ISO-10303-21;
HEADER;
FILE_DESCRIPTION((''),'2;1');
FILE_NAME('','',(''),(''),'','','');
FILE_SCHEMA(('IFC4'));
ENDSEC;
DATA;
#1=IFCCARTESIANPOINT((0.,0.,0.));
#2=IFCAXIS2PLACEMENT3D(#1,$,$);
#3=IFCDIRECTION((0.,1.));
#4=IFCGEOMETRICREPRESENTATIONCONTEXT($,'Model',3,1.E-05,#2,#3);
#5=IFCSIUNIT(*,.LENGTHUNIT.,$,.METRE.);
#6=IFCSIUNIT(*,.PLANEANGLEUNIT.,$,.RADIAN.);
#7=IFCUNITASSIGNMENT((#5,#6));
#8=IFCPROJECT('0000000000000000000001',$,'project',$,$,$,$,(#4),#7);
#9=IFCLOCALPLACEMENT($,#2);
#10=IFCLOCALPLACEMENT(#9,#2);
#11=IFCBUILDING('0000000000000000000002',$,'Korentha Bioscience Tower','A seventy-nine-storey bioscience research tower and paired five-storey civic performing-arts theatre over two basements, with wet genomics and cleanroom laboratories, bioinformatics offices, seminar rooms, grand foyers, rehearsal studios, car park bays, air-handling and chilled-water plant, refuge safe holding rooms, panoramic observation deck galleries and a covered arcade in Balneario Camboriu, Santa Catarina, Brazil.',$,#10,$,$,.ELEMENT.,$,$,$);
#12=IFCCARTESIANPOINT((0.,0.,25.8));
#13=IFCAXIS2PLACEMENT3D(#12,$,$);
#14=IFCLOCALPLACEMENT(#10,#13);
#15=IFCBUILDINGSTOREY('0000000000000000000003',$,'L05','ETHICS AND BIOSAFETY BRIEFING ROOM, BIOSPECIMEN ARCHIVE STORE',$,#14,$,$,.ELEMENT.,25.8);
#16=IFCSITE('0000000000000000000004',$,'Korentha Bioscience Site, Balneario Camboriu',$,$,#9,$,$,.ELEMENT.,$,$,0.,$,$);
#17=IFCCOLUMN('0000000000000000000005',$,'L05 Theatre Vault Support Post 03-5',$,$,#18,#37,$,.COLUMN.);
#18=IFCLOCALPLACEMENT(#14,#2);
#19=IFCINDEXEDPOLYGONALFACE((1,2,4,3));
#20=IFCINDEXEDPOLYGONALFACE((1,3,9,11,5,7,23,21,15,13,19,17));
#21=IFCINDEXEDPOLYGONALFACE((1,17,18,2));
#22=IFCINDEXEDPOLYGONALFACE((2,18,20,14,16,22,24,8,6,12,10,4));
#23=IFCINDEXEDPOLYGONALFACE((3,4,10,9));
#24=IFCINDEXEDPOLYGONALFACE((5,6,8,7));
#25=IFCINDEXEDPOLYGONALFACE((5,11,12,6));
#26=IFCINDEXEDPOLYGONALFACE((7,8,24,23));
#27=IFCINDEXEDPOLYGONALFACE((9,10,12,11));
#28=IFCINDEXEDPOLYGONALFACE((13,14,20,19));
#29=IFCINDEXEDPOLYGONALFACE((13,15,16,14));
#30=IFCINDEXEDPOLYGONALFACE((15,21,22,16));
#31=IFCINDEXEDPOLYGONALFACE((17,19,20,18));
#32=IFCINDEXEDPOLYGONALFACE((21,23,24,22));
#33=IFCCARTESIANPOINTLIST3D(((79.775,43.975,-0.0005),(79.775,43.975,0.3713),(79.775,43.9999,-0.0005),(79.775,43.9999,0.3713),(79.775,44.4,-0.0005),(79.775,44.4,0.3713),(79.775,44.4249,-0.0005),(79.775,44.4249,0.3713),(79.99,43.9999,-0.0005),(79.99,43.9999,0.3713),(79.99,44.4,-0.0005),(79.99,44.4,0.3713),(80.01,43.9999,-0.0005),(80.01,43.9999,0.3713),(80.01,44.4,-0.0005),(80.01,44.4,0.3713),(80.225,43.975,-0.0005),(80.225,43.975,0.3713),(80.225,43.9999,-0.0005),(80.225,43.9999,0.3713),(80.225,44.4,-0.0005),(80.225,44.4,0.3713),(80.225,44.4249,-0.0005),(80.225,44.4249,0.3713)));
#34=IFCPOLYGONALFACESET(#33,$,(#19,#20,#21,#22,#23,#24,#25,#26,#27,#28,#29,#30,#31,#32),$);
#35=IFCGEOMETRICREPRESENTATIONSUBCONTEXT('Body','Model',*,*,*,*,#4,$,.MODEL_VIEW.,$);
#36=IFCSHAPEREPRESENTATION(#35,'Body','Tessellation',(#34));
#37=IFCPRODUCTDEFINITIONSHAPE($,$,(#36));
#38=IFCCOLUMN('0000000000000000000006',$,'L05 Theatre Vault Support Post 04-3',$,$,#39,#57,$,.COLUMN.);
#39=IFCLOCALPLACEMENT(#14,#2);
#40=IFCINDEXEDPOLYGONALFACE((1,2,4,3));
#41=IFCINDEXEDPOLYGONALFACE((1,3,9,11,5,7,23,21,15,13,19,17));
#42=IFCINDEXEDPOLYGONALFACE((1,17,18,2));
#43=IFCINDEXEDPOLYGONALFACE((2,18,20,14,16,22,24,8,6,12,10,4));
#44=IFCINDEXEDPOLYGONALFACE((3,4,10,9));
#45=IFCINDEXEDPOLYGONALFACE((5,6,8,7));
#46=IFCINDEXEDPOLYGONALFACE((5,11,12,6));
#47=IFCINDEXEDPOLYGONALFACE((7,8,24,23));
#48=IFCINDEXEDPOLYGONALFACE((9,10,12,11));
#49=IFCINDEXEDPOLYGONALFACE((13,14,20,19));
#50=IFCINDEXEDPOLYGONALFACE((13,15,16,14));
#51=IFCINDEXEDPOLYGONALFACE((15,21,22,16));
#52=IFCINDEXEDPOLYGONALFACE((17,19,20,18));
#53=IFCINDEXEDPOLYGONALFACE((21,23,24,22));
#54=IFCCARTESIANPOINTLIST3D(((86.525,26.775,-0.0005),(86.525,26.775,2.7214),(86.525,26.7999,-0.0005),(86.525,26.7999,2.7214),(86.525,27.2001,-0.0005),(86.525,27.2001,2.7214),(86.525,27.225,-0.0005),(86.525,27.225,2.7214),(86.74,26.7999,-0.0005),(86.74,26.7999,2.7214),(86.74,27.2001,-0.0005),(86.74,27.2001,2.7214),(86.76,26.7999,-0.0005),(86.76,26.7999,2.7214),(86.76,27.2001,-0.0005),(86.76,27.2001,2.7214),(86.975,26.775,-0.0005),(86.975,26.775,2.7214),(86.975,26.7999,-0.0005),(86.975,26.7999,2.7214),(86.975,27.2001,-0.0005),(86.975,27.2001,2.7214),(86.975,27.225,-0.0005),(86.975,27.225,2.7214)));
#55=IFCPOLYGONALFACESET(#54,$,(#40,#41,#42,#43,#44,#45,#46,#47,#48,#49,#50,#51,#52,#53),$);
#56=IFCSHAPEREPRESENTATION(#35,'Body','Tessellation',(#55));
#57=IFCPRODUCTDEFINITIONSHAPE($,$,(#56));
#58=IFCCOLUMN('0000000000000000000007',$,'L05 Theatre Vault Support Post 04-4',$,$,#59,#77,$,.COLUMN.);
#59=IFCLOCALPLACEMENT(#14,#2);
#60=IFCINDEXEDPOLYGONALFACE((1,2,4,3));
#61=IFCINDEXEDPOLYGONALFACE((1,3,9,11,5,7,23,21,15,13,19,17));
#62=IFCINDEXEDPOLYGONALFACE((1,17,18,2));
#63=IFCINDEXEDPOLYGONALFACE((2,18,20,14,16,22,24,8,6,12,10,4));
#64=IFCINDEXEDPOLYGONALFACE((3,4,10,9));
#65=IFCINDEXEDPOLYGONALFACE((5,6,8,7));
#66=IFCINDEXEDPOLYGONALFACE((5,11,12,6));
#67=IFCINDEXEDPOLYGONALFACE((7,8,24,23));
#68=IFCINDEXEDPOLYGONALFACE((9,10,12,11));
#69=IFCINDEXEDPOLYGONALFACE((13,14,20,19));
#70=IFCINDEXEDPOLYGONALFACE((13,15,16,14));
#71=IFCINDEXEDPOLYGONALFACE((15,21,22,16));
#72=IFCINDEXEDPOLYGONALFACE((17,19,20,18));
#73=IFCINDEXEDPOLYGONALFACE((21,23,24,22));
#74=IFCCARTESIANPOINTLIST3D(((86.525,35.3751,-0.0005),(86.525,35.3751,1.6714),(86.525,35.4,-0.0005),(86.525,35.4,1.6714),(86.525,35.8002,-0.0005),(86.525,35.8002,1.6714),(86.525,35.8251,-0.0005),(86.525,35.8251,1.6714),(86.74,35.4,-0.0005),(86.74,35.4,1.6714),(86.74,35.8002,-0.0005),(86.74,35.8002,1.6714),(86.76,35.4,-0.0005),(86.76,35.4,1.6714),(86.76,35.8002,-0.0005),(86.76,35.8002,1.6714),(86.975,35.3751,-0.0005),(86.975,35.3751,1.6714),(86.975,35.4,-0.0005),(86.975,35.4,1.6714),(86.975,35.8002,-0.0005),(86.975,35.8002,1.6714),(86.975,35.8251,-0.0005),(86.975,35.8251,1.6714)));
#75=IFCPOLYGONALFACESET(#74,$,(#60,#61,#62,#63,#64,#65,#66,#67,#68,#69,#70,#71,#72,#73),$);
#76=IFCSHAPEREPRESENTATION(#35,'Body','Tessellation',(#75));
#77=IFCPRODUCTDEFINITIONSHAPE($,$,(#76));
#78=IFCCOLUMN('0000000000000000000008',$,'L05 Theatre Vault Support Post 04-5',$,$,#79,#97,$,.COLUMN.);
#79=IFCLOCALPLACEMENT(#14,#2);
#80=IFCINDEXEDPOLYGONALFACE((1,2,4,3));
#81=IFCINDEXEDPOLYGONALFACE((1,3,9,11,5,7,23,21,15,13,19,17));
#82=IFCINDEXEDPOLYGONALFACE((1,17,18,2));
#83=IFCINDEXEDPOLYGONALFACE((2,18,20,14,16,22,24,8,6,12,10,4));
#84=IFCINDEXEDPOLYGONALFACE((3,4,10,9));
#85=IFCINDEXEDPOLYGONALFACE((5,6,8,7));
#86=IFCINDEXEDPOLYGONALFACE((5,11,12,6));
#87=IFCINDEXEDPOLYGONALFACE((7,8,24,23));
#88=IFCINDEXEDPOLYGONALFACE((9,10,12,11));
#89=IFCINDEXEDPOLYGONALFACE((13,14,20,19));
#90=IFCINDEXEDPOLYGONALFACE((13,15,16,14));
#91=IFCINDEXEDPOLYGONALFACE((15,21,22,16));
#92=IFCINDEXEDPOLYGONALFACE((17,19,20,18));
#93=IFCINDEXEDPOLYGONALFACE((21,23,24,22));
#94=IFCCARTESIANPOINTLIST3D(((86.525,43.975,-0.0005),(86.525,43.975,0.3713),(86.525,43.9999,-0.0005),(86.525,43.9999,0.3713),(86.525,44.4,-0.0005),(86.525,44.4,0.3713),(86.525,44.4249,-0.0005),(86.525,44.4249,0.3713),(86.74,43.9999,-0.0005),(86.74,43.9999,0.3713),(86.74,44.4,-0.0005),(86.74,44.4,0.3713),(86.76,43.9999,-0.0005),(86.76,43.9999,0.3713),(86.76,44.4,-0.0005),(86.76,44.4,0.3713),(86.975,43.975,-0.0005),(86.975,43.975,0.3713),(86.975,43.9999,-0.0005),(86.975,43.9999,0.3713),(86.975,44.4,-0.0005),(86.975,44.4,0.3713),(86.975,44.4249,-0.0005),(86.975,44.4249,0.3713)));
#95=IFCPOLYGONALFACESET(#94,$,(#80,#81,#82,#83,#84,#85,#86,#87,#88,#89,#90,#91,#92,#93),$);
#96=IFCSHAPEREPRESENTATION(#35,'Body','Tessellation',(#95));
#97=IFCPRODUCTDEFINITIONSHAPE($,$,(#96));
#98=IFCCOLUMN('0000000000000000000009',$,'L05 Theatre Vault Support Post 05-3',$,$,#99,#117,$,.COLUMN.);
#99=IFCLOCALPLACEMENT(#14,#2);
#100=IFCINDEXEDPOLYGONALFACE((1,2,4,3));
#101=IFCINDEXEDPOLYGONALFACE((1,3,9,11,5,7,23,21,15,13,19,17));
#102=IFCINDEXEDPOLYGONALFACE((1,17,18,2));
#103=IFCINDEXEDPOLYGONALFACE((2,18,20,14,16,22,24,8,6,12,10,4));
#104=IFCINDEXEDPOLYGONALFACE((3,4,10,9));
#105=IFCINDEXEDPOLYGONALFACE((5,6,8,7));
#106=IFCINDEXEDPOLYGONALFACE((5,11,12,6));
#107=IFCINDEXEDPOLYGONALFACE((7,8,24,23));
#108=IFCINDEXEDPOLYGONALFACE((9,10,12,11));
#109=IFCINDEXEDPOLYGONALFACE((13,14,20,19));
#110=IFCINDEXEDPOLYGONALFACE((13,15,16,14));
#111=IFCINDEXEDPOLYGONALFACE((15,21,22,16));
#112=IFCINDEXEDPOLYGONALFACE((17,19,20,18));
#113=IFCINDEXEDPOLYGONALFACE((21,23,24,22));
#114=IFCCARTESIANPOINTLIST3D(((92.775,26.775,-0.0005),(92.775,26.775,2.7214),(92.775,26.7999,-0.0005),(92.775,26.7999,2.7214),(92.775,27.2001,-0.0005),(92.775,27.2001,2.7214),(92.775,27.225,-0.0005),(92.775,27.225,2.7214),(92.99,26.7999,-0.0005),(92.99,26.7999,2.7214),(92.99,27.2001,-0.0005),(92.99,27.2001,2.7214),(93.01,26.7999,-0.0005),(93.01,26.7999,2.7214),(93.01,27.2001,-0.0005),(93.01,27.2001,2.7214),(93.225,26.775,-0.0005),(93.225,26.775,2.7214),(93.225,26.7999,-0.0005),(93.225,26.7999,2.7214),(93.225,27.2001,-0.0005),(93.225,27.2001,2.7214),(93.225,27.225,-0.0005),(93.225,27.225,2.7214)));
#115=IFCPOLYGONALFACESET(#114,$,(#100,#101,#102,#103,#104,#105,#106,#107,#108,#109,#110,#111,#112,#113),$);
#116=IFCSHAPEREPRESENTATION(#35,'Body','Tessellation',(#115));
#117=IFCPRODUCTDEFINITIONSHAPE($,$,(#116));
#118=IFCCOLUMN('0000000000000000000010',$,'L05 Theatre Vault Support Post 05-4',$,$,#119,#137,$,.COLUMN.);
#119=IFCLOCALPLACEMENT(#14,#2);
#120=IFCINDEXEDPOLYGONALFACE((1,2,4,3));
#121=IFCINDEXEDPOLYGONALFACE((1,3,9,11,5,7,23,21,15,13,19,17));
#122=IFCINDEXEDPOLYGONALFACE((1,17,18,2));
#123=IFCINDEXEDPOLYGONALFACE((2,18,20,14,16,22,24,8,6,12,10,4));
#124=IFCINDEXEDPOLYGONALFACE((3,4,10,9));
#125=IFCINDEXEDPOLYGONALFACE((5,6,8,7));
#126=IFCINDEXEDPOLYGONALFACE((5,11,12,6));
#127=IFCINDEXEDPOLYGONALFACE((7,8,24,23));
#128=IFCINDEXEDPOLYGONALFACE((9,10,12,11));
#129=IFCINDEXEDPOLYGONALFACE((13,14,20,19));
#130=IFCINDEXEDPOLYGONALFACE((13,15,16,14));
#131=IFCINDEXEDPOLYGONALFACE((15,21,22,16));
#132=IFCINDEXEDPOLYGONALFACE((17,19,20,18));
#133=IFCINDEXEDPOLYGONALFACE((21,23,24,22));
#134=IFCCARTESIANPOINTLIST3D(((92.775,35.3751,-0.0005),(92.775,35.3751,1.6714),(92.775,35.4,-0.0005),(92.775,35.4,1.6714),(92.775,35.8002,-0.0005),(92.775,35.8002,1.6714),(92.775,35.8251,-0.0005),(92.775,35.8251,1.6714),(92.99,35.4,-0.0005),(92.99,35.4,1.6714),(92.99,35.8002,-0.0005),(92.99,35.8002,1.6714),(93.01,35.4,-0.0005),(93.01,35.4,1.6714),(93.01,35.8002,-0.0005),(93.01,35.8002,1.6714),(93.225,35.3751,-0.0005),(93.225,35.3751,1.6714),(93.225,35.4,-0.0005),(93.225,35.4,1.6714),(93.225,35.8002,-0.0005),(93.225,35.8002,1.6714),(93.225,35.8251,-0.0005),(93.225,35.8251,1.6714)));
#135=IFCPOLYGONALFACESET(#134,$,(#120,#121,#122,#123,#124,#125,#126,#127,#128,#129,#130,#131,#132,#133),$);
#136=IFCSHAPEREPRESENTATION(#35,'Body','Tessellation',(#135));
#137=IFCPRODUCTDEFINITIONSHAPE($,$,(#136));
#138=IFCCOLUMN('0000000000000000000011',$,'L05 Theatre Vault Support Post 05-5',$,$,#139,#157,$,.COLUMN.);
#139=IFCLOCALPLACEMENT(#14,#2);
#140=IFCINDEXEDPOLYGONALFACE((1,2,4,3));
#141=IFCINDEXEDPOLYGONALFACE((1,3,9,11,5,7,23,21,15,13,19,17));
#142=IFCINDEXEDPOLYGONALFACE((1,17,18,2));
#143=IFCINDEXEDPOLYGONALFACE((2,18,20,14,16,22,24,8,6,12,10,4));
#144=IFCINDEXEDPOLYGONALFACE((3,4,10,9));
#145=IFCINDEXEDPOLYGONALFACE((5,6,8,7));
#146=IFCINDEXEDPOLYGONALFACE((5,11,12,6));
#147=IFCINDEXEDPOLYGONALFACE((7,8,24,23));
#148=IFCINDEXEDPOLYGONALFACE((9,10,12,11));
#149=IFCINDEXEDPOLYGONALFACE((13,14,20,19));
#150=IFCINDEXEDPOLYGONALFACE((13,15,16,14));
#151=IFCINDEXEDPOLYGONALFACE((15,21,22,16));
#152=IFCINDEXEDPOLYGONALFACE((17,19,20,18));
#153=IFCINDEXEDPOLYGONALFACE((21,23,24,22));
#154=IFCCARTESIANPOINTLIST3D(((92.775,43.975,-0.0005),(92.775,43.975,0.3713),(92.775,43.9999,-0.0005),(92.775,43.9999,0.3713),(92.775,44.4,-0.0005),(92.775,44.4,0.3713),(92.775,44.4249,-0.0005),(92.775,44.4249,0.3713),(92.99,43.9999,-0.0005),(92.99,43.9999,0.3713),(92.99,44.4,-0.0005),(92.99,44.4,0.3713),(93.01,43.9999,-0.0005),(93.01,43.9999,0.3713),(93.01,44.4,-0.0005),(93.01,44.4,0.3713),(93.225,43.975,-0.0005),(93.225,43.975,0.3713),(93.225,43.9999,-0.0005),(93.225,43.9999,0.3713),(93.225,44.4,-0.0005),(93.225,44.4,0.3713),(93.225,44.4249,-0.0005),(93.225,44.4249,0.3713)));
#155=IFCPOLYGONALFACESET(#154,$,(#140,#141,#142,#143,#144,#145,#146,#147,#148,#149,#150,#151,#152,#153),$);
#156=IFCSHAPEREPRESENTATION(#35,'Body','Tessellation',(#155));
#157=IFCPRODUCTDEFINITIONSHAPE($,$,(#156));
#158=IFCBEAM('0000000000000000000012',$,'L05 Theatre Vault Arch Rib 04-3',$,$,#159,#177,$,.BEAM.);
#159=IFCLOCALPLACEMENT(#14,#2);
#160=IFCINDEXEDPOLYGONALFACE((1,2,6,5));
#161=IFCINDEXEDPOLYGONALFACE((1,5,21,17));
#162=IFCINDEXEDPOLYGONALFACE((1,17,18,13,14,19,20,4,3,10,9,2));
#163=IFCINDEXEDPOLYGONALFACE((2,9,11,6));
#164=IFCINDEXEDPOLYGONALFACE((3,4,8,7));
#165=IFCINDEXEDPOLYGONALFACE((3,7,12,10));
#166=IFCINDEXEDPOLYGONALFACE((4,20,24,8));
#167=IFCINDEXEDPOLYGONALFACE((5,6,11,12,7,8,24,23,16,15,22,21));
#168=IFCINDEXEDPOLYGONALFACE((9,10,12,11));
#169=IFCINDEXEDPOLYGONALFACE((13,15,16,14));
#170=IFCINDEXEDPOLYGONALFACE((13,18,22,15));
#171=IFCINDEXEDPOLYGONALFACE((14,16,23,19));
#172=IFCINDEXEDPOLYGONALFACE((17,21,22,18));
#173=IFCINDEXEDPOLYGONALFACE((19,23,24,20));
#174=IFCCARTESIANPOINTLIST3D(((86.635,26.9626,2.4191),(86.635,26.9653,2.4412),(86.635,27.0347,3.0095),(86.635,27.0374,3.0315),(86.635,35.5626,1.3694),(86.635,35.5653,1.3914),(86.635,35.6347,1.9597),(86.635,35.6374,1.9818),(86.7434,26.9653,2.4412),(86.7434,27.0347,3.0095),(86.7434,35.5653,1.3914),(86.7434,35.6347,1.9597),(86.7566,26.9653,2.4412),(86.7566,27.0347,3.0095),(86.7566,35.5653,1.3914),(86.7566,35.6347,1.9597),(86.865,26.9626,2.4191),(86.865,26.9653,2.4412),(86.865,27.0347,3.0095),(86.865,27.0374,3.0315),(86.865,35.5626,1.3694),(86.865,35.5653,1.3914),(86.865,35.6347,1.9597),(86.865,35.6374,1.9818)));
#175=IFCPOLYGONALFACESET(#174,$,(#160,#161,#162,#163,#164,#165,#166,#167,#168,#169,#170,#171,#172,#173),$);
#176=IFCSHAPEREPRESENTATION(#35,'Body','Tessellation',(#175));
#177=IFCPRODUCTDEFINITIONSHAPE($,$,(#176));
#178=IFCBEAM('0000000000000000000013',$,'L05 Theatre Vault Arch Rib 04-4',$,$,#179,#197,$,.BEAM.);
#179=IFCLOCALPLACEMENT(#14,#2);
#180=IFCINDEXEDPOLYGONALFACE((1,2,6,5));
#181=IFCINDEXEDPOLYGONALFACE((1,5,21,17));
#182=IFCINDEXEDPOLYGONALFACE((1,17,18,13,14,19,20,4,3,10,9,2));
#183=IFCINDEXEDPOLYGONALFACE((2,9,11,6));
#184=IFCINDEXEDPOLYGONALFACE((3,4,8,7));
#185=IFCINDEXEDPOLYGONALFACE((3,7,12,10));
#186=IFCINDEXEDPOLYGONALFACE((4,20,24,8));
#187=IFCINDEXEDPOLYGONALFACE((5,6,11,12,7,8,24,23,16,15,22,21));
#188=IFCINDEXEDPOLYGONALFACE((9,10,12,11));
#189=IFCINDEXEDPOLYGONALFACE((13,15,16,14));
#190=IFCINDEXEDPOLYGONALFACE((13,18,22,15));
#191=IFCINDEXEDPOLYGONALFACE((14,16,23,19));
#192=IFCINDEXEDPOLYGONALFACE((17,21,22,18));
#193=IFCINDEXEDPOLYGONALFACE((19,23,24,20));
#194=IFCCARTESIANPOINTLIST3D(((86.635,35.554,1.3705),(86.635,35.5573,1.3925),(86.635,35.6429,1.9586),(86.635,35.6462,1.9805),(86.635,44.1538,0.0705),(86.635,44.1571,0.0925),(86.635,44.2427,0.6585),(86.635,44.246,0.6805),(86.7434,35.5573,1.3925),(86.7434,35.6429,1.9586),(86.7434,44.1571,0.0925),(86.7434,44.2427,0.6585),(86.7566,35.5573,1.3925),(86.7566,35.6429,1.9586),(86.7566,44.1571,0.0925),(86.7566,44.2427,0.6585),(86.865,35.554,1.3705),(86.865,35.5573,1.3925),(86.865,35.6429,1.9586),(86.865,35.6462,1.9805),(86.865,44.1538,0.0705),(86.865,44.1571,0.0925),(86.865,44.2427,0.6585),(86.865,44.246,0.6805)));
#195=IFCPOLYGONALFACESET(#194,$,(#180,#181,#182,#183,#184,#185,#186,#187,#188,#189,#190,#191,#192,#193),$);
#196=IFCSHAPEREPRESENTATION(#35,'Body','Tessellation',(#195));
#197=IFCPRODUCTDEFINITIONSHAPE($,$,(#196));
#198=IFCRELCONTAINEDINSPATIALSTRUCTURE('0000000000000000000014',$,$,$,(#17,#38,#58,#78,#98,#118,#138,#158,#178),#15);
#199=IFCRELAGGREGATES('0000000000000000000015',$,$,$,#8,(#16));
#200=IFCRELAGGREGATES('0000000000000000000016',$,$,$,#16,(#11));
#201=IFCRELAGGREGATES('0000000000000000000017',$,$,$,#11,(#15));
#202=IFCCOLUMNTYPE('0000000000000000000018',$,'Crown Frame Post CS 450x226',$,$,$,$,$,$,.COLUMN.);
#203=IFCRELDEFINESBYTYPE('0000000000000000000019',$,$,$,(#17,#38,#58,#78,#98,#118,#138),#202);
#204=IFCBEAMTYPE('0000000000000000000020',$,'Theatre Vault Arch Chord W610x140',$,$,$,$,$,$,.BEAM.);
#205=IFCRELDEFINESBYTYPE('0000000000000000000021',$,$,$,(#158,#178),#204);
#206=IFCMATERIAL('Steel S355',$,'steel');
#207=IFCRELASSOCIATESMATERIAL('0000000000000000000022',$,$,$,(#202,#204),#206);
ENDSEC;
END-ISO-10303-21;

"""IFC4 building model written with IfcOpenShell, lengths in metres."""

from ifc_helpers import new_model, si_unit, direction, frame, origin, origin_2d, place, context, subcontext, project, spatial, i_section, extrude, material, material_profile, profile_set, type_object, element, save


model = new_model("IFC4")

# Units and contexts
model_context = context("Model", 3, precision=1e-05, world=origin(), true_north=direction((0.0, 1.0)))
body_context = subcontext(model_context, "Body", "Model", "MODEL_VIEW")
ifc_project = project(units=[si_unit("LENGTHUNIT", "METRE"), si_unit("PLANEANGLEUNIT", "RADIAN")], contexts=[model_context])

# Site, building, storey
site_placement = place(None, origin())
site = spatial("IfcSite", under=ifc_project, at=site_placement, Name="Korentha Bioscience Site, Balneario Camboriu", CompositionType="ELEMENT", RefElevation=0.0)
building_placement = place(site_placement, origin())
building = spatial("IfcBuilding", under=site, at=building_placement, Name="Korentha Bioscience Tower", Description="A seventy-nine-storey bioscience research tower and paired five-storey civic performing-arts theatre over two basements, with wet genomics and cleanroom laboratories, bioinformatics offices, seminar rooms, grand foyers, rehearsal studios, car park bays, air-handling and chilled-water plant, refuge safe holding rooms, panoramic observation deck galleries and a covered arcade in Balneario Camboriu, Santa Catarina, Brazil.", CompositionType="ELEMENT")
storey_placement = place(building_placement, frame((0.0, 0.0, 25.8)))
storey = spatial("IfcBuildingStorey", under=building, at=storey_placement, Name="L05", Description="ETHICS AND BIOSAFETY BRIEFING ROOM, BIOSPECIMEN ARCHIVE STORE", CompositionType="ELEMENT", Elevation=25.8)

# Columns
ifc_material = material(Name="Steel S355", Category="steel")
ifc_material_profile_1 = material_profile(ifc_material, i_section(OverallWidth=0.45, OverallDepth=0.45, WebThickness=0.02, FlangeThickness=0.0249, at=origin_2d()), Name="Steel S355")
ifc_profile_set_1 = profile_set([ifc_material_profile_1], Name="Steel S355 (CF-C1)")
column_type = type_object("IfcColumnType", Name="Crown Frame Post CS 450x226", PredefinedType="COLUMN", material=ifc_profile_set_1)
column_1_placement = place(storey_placement, frame((80.0, 44.2, -0.0005), z_axis=(0.0, 0.0, 1.0), x_axis=(1.0, 0.0, 0.0)))
element("IfcColumn", 1, at=column_1_placement, inside=storey, type_object=column_type, Name="L05 Theatre Vault Support Post 03-5", PredefinedType="COLUMN", context=body_context, shape_type="SweptSolid", body=[
    extrude(i_section(OverallWidth=0.45, OverallDepth=0.45, WebThickness=0.02, FlangeThickness=0.0249, at=origin_2d()), origin(), (0.0, 0.0, 1.0), 0.3718),
])
column_2_placement = place(storey_placement, frame((86.75, 27.0, -0.0005), z_axis=(0.0, 0.0, 1.0), x_axis=(1.0, 0.0, 0.0)))
element("IfcColumn", 2, at=column_2_placement, inside=storey, type_object=column_type, Name="L05 Theatre Vault Support Post 04-3", PredefinedType="COLUMN", context=body_context, shape_type="SweptSolid", body=[
    extrude(i_section(OverallWidth=0.45, OverallDepth=0.45, WebThickness=0.02, FlangeThickness=0.0249, at=origin_2d()), origin(), (0.0, 0.0, 1.0), 2.7219),
])
column_3_placement = place(storey_placement, frame((86.75, 35.6001, -0.0005), z_axis=(0.0, 0.0, 1.0), x_axis=(1.0, 0.0, 0.0)))
element("IfcColumn", 3, at=column_3_placement, inside=storey, type_object=column_type, Name="L05 Theatre Vault Support Post 04-4", PredefinedType="COLUMN", context=body_context, shape_type="SweptSolid", body=[
    extrude(i_section(OverallWidth=0.45, OverallDepth=0.45, WebThickness=0.02, FlangeThickness=0.0249, at=origin_2d()), origin(), (0.0, 0.0, 1.0), 1.6719),
])
column_4_placement = place(storey_placement, frame((86.75, 44.2, -0.0005), z_axis=(0.0, 0.0, 1.0), x_axis=(1.0, 0.0, 0.0)))
element("IfcColumn", 4, at=column_4_placement, inside=storey, type_object=column_type, Name="L05 Theatre Vault Support Post 04-5", PredefinedType="COLUMN", context=body_context, shape_type="SweptSolid", body=[
    extrude(i_section(OverallWidth=0.45, OverallDepth=0.45, WebThickness=0.02, FlangeThickness=0.0249, at=origin_2d()), origin(), (0.0, 0.0, 1.0), 0.3718),
])
column_5_placement = place(storey_placement, frame((93.0, 27.0, -0.0005), z_axis=(0.0, 0.0, 1.0), x_axis=(1.0, 0.0, 0.0)))
element("IfcColumn", 5, at=column_5_placement, inside=storey, type_object=column_type, Name="L05 Theatre Vault Support Post 05-3", PredefinedType="COLUMN", context=body_context, shape_type="SweptSolid", body=[
    extrude(i_section(OverallWidth=0.45, OverallDepth=0.45, WebThickness=0.02, FlangeThickness=0.0249, at=origin_2d()), origin(), (0.0, 0.0, 1.0), 2.7219),
])
column_6_placement = place(storey_placement, frame((93.0, 35.6001, -0.0005), z_axis=(0.0, 0.0, 1.0), x_axis=(1.0, 0.0, 0.0)))
element("IfcColumn", 6, at=column_6_placement, inside=storey, type_object=column_type, Name="L05 Theatre Vault Support Post 05-4", PredefinedType="COLUMN", context=body_context, shape_type="SweptSolid", body=[
    extrude(i_section(OverallWidth=0.45, OverallDepth=0.45, WebThickness=0.02, FlangeThickness=0.0249, at=origin_2d()), origin(), (0.0, 0.0, 1.0), 1.6719),
])
column_7_placement = place(storey_placement, frame((93.0, 44.2, -0.0005), z_axis=(0.0, 0.0, 1.0), x_axis=(1.0, 0.0, 0.0)))
element("IfcColumn", 7, at=column_7_placement, inside=storey, type_object=column_type, Name="L05 Theatre Vault Support Post 05-5", PredefinedType="COLUMN", context=body_context, shape_type="SweptSolid", body=[
    extrude(i_section(OverallWidth=0.45, OverallDepth=0.45, WebThickness=0.02, FlangeThickness=0.0249, at=origin_2d()), origin(), (0.0, 0.0, 1.0), 0.3718),
])

# Beams
ifc_material_profile_2 = material_profile(ifc_material, i_section(OverallWidth=0.23, OverallDepth=0.6169, WebThickness=0.0132, FlangeThickness=0.0222, at=origin_2d()), Name="Steel S355")
ifc_profile_set_2 = profile_set([ifc_material_profile_2], Name="Steel S355 (TV-610)")
beam_type = type_object("IfcBeamType", Name="Theatre Vault Arch Chord W610x140", PredefinedType="BEAM", material=ifc_profile_set_2)
beam_1_placement = place(storey_placement, frame((86.75, 27.0, 2.7253), z_axis=(0.0, 0.992632, -0.12117), x_axis=(-1.0, 0.0, 0.0)))
element("IfcBeam", 8, at=beam_1_placement, inside=storey, type_object=beam_type, Name="L05 Theatre Vault Arch Rib 04-3", PredefinedType="BEAM", context=body_context, shape_type="SweptSolid", body=[
    extrude(i_section(OverallWidth=0.23, OverallDepth=0.6169, WebThickness=0.0132, FlangeThickness=0.0222, at=origin_2d()), origin(), (0.0, 0.0, 1.0), 8.6638),
])
beam_2_placement = place(storey_placement, frame((86.75, 35.6001, 1.6755), z_axis=(0.0, 0.988766, -0.149473), x_axis=(-1.0, 0.0, 0.0)))
element("IfcBeam", 9, at=beam_2_placement, inside=storey, type_object=beam_type, Name="L05 Theatre Vault Arch Rib 04-4", PredefinedType="BEAM", context=body_context, shape_type="SweptSolid", body=[
    extrude(i_section(OverallWidth=0.23, OverallDepth=0.6169, WebThickness=0.0132, FlangeThickness=0.0222, at=origin_2d()), origin(), (0.0, 0.0, 1.0), 8.6975),
])

save(model, "model.ifc")
